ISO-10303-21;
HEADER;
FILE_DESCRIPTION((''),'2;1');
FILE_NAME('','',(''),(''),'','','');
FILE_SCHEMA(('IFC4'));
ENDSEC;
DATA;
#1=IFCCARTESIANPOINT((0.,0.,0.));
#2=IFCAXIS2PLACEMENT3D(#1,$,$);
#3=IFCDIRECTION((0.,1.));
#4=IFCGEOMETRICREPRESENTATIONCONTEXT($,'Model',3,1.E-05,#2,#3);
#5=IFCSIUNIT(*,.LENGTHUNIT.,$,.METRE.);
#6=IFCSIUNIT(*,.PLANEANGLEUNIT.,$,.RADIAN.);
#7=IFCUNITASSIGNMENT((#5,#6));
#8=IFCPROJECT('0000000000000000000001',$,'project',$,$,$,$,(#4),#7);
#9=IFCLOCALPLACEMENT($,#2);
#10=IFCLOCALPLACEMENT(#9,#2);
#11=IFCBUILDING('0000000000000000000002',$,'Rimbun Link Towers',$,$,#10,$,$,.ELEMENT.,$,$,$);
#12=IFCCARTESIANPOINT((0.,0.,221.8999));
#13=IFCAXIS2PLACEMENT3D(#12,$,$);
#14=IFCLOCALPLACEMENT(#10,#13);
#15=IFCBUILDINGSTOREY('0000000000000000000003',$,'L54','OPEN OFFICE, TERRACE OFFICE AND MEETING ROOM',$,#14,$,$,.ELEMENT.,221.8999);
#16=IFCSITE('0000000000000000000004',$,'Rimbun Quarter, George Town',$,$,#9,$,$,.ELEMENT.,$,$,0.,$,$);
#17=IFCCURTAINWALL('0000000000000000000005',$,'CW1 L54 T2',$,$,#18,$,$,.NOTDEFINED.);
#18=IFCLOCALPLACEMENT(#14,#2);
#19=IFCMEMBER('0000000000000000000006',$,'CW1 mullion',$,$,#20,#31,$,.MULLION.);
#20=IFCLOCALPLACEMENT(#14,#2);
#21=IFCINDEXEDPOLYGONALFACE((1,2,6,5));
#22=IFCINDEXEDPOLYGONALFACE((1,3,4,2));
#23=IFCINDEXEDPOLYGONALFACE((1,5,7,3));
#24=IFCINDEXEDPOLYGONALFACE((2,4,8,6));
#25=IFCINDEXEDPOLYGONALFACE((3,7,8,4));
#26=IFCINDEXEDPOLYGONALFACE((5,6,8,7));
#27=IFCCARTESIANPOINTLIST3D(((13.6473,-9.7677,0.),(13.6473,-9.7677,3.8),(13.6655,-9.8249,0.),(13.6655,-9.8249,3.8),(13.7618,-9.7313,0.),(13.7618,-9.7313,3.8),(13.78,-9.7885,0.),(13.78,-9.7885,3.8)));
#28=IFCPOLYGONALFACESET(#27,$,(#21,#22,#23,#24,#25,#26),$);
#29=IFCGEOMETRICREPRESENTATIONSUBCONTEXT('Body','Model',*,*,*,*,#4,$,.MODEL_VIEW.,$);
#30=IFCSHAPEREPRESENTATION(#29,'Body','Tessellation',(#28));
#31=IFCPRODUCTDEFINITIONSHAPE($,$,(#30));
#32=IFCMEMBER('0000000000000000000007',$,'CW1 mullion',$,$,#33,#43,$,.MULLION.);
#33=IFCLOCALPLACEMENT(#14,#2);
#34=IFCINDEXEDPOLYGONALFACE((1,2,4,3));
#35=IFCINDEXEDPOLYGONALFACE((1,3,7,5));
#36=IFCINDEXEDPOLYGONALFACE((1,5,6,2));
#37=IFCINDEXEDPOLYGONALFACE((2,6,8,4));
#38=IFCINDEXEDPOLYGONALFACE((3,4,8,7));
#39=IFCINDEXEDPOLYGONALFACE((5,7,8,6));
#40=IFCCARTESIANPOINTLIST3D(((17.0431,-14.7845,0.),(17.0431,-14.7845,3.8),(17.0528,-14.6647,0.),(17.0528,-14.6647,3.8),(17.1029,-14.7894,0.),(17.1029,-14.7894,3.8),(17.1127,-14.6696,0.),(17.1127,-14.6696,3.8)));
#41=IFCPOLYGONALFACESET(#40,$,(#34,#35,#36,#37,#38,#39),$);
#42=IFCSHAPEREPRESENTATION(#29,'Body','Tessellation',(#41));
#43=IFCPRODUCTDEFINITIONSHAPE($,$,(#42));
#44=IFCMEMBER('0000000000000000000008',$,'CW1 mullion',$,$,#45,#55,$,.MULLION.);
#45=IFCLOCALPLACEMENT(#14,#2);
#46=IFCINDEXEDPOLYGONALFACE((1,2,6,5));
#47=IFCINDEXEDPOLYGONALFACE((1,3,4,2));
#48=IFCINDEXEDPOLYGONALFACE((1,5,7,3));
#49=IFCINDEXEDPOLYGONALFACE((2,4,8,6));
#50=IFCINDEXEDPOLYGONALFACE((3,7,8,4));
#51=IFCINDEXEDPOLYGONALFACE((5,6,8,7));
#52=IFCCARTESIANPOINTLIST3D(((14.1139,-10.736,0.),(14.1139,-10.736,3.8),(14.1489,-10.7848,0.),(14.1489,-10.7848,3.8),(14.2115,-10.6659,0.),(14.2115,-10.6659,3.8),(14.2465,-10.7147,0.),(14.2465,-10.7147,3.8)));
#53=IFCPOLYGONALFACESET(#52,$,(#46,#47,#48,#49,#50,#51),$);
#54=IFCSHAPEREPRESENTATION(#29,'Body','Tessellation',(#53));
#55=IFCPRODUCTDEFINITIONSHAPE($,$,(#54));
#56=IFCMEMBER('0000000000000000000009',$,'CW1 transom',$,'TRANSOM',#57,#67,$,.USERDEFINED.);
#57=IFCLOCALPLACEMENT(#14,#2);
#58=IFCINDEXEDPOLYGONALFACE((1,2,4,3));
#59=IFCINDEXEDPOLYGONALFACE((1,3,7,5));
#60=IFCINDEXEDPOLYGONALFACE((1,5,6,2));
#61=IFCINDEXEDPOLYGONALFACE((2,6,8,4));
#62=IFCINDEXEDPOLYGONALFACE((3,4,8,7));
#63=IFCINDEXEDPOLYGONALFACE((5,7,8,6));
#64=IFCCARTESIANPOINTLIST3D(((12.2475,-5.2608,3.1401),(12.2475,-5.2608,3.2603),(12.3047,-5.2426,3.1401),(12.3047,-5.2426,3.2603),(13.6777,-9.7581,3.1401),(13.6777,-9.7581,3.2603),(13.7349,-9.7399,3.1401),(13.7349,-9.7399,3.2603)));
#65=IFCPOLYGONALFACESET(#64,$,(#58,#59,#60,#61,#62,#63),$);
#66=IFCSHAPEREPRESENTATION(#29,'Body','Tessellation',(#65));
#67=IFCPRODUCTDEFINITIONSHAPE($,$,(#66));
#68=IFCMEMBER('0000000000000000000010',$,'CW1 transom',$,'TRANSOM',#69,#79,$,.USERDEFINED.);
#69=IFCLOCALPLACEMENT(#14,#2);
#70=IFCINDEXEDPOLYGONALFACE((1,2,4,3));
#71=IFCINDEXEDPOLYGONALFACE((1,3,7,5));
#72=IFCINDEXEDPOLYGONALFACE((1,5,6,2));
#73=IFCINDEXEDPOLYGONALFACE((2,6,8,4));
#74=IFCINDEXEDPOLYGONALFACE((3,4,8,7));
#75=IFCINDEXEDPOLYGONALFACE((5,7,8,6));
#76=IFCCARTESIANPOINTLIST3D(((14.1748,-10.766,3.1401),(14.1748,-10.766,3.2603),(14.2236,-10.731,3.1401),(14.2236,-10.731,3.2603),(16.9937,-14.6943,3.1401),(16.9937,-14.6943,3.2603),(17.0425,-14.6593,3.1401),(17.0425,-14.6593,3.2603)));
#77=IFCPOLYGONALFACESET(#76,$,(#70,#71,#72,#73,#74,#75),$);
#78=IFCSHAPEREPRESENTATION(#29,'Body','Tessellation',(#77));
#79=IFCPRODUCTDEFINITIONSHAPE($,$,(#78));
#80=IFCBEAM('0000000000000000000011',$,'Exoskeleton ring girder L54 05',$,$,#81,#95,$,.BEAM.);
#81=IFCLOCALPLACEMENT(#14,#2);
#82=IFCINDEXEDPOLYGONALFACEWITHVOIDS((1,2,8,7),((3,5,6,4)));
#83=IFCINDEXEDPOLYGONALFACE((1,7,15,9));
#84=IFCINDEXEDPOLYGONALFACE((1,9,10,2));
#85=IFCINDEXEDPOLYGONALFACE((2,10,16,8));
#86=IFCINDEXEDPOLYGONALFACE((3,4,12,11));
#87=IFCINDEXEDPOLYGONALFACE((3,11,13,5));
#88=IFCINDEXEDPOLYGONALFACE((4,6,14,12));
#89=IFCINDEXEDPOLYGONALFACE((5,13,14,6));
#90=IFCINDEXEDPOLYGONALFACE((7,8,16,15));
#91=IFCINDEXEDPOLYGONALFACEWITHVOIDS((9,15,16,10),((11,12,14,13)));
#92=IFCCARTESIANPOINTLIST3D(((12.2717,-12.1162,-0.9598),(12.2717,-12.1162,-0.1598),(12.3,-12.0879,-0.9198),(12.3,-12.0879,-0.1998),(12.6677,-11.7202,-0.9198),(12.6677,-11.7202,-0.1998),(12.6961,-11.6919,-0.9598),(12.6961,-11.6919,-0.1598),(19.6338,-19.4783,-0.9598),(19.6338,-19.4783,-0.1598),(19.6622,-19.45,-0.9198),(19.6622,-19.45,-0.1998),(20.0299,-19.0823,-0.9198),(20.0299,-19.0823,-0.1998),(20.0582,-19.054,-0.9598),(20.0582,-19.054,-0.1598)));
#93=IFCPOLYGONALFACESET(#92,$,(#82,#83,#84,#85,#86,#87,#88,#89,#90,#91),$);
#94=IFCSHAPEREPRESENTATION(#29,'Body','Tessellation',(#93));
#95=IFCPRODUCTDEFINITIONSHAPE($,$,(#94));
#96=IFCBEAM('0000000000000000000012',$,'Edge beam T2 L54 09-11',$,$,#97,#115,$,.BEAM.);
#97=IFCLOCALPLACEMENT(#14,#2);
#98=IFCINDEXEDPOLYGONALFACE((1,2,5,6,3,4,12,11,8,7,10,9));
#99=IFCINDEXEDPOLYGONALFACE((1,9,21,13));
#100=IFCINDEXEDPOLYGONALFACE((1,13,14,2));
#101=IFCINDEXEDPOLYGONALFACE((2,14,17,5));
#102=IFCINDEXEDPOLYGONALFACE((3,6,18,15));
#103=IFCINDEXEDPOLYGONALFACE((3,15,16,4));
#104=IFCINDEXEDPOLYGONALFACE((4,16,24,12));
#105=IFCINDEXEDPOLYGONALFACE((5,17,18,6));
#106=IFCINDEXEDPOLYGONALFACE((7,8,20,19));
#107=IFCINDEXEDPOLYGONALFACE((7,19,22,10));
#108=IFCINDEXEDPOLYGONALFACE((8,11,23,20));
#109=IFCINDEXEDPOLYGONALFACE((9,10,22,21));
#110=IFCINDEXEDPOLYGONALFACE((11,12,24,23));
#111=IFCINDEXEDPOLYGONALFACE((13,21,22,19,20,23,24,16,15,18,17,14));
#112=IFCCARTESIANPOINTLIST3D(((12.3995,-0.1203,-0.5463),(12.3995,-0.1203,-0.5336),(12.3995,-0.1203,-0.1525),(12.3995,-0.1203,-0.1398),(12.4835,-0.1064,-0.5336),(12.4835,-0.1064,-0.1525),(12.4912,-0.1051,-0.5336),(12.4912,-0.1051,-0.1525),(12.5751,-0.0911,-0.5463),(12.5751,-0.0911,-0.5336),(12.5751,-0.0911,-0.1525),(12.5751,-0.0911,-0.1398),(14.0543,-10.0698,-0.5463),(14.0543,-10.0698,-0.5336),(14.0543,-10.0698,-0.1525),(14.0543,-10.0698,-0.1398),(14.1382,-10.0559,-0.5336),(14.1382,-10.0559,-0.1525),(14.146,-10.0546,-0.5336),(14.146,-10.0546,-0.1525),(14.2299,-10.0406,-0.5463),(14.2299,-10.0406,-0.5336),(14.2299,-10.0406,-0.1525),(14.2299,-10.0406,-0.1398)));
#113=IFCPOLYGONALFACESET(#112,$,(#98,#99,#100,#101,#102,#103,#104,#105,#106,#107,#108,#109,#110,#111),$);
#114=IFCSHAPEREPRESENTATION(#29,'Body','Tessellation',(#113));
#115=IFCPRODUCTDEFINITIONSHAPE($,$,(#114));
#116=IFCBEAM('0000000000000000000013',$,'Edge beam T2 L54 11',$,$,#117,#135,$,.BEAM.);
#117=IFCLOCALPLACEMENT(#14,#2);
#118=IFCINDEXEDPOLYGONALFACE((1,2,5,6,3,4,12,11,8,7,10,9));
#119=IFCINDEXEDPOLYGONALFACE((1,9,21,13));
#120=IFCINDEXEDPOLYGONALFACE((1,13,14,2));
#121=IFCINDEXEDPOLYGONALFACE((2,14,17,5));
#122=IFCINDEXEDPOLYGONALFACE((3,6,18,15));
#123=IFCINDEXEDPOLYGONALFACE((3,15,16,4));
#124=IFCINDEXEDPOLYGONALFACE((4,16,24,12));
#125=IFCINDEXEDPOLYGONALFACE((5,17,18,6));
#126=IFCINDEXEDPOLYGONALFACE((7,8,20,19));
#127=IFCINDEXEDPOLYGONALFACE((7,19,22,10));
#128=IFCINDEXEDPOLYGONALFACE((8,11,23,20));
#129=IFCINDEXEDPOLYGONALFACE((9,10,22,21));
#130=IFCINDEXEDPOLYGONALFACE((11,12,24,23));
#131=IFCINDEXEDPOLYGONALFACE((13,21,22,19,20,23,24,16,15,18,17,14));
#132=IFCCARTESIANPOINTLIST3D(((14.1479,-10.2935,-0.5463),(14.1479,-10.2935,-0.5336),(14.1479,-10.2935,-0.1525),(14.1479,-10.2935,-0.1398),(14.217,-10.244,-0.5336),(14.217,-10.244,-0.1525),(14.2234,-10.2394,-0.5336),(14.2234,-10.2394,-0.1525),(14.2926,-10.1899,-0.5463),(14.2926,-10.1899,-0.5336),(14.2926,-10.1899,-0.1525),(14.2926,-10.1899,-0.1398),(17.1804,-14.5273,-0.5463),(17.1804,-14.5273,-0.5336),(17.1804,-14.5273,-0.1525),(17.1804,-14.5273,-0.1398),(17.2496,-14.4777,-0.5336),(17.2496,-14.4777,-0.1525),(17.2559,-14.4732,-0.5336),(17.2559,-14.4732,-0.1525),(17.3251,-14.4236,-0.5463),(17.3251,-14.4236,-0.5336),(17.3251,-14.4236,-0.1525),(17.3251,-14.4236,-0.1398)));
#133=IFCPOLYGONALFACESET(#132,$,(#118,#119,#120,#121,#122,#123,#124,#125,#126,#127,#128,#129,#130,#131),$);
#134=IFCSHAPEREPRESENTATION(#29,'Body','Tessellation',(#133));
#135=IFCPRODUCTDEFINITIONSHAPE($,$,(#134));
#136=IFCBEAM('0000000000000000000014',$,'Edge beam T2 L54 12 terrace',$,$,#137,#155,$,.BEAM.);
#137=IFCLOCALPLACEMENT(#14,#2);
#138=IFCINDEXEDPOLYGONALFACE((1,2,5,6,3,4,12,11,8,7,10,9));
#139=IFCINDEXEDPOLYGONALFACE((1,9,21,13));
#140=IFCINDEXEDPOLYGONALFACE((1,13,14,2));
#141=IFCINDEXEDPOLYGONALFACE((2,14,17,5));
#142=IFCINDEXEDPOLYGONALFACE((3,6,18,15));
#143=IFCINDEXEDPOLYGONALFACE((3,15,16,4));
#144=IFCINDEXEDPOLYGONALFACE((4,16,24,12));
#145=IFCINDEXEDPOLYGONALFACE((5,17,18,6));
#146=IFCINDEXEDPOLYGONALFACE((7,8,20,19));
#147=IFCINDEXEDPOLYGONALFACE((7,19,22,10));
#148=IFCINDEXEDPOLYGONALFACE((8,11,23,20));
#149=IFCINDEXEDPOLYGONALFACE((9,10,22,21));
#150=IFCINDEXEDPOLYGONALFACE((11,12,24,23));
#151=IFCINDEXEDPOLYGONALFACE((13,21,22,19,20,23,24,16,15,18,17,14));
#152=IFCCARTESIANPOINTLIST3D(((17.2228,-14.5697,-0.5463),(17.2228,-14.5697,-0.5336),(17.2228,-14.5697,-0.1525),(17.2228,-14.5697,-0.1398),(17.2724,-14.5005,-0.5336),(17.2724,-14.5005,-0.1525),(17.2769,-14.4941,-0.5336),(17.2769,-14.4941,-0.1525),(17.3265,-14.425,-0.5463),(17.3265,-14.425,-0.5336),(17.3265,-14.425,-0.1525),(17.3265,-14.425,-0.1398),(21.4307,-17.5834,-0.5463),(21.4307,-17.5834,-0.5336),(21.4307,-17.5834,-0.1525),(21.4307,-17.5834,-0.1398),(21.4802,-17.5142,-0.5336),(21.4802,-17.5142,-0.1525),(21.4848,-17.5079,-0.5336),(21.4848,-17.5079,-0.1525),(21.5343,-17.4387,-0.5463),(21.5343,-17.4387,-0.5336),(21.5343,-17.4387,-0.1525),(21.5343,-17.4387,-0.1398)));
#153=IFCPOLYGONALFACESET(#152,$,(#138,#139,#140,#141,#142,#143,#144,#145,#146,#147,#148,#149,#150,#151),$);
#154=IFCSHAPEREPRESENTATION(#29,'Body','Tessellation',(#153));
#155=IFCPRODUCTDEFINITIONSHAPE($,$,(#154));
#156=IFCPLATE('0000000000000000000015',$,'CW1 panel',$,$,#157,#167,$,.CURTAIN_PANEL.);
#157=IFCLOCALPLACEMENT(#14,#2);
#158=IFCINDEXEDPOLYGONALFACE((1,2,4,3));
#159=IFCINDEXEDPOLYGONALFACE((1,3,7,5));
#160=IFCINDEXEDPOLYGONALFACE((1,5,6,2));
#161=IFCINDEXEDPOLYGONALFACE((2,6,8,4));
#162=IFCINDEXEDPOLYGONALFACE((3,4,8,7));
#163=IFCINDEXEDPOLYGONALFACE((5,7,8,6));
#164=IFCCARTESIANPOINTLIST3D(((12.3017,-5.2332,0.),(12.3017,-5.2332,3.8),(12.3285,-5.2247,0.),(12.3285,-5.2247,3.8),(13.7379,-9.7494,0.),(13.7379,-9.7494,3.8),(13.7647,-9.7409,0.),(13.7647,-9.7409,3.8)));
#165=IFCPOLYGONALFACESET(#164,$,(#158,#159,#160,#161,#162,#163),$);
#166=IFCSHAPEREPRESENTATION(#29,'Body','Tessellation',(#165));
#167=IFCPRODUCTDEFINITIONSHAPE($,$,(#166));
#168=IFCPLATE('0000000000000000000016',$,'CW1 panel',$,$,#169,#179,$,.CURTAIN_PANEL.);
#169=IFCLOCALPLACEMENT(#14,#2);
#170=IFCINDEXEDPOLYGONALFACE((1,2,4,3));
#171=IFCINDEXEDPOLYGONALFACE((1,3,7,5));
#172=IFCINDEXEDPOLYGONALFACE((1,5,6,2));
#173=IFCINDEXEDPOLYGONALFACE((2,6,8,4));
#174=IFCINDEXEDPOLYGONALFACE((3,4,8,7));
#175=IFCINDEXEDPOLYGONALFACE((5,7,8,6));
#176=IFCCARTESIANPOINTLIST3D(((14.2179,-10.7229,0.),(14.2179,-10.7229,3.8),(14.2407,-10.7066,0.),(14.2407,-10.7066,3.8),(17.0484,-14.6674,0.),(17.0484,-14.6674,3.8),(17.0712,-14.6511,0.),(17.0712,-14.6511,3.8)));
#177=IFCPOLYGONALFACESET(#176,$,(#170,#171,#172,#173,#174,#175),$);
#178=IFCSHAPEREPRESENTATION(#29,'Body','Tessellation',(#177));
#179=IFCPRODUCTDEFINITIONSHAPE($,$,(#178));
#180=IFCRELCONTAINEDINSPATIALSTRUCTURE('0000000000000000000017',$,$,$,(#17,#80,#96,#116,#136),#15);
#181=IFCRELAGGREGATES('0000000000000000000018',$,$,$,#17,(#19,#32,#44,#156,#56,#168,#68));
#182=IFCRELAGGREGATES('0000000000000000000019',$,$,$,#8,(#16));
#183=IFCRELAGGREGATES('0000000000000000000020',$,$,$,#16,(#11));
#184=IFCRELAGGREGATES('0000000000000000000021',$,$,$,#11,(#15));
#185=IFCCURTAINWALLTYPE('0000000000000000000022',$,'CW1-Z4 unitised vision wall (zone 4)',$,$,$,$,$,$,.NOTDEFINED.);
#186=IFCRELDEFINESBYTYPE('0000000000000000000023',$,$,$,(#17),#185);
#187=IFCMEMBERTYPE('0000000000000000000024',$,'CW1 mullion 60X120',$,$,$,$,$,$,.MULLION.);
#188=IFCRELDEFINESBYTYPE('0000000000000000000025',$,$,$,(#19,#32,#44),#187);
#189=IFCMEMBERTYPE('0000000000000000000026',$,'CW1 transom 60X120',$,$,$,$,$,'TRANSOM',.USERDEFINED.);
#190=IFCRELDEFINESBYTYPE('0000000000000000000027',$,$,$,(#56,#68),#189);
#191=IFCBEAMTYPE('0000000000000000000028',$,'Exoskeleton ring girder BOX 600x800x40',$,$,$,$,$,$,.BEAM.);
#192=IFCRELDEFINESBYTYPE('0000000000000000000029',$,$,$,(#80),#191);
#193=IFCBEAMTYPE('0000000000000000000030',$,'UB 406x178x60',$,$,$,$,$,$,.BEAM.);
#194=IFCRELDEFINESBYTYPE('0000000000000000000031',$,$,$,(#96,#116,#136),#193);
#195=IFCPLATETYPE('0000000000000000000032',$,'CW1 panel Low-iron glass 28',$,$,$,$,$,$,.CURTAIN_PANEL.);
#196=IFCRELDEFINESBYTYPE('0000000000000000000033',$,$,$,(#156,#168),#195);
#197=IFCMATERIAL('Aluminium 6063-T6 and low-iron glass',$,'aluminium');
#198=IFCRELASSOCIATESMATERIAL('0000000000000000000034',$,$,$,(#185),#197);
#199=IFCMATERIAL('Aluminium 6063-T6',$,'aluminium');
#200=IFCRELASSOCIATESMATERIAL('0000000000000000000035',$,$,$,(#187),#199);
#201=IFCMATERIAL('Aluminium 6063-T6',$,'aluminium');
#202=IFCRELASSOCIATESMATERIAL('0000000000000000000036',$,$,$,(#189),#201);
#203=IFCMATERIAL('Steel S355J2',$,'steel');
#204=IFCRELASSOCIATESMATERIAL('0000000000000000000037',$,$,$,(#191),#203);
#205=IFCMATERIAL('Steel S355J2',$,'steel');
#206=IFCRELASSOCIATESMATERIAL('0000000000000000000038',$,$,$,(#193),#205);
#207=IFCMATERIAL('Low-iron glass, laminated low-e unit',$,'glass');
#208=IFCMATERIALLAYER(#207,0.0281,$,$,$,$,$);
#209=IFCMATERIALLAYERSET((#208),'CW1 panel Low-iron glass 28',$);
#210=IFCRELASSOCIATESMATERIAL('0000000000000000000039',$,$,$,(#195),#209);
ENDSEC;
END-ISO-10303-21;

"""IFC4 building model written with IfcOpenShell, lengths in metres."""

from ifc_helpers import new_model, si_unit, direction, frame, origin, origin_2d, place, context, subcontext, project, spatial, rectangle, hollow_rectangle, i_section, extrude, material, layer, layer_set, material_profile, profile_set, type_object, element, aggregate, save


model = new_model("IFC4")

# Units and contexts
model_context = context("Model", 3, precision=1e-05, world=origin(), true_north=direction((0.0, 1.0)))
body_context = subcontext(model_context, "Body", "Model", "MODEL_VIEW")
ifc_project = project(units=[si_unit("LENGTHUNIT", "METRE"), si_unit("PLANEANGLEUNIT", "RADIAN")], contexts=[model_context])

# Site, building, storey
site_placement = place(None, origin())
site = spatial("IfcSite", under=ifc_project, at=site_placement, Name="Rimbun Quarter, George Town", CompositionType="ELEMENT", RefElevation=0.0)
building_placement = place(site_placement, origin())
building = spatial("IfcBuilding", under=site, at=building_placement, Name="Rimbun Link Towers", CompositionType="ELEMENT")
storey_placement = place(building_placement, frame((0.0, 0.0, 221.8999)))
storey = spatial("IfcBuildingStorey", under=building, at=storey_placement, Name="L54", Description="OPEN OFFICE, TERRACE OFFICE AND MEETING ROOM", CompositionType="ELEMENT", Elevation=221.8999)

# Curtain wall, members
ifc_material_1 = material(Name="Aluminium 6063-T6 and low-iron glass", Category="aluminium")
curtain_wall_type = type_object("IfcCurtainWallType", Name="CW1-Z4 unitised vision wall (zone 4)", PredefinedType="NOTDEFINED", material=ifc_material_1)
curtain_wall_placement = place(storey_placement, origin())
curtain_wall = element("IfcCurtainWall", 1, at=curtain_wall_placement, inside=storey, type_object=curtain_wall_type, Name="CW1 L54 T2", PredefinedType="NOTDEFINED")
ifc_material_2 = material(Name="Aluminium 6063-T6", Category="aluminium")
ifc_material_profile_1 = material_profile(ifc_material_2, rectangle(XDim=0.1201, YDim=0.0601, at=origin_2d()), Name="MULLION 60X120")
ifc_profile_set_1 = profile_set([ifc_material_profile_1], Name="Aluminium 6063-T6")
member_type_1 = type_object("IfcMemberType", Name="CW1 mullion 60X120", PredefinedType="MULLION", material=ifc_profile_set_1)
member_1_placement = place(storey_placement, frame((13.7136, -9.7781, 0.0), z_axis=(0.0, 0.0, 1.0), x_axis=(-0.952974, -0.303053, 0.0)))
member_1 = element("IfcMember", 2, at=member_1_placement, type_object=member_type_1, Name="CW1 mullion", PredefinedType="MULLION", context=body_context, shape_type="SweptSolid", body=[
    extrude(rectangle(XDim=0.1201, YDim=0.0601, at=origin_2d()), origin(), (0.0, 0.0, 1.0), 3.8),
])
member_2_placement = place(storey_placement, frame((17.0779, -14.7271, 0.0), z_axis=(0.0, 0.0, 1.0), x_axis=(-0.081395, -0.996682, 0.0)))
member_2 = element("IfcMember", 3, at=member_2_placement, type_object=member_type_1, Name="CW1 mullion", PredefinedType="MULLION", context=body_context, shape_type="SweptSolid", body=[
    extrude(rectangle(XDim=0.1201, YDim=0.0601, at=origin_2d()), origin(), (0.0, 0.0, 1.0), 3.8),
])
member_3_placement = place(storey_placement, frame((14.1802, -10.7253, 0.0), z_axis=(0.0, 0.0, 1.0), x_axis=(-0.812465, -0.583009, 0.0)))
member_3 = element("IfcMember", 4, at=member_3_placement, type_object=member_type_1, Name="CW1 mullion", PredefinedType="MULLION", context=body_context, shape_type="SweptSolid", body=[
    extrude(rectangle(XDim=0.1201, YDim=0.0601, at=origin_2d()), origin(), (0.0, 0.0, 1.0), 3.8),
])
ifc_material_3 = material(Name="Aluminium 6063-T6", Category="aluminium")
ifc_material_profile_2 = material_profile(ifc_material_3, rectangle(XDim=0.0601, YDim=0.1201, at=origin_2d()), Name="TRANSOM 60X120")
ifc_profile_set_2 = profile_set([ifc_material_profile_2], Name="Aluminium 6063-T6")
member_type_2 = type_object("IfcMemberType", Name="CW1 transom 60X120", ElementType="TRANSOM", PredefinedType="USERDEFINED", material=ifc_profile_set_2)
member_4_placement = place(storey_placement, frame((13.7063, -9.749, 3.2002), z_axis=(-0.303052, 0.952974, 0.0), x_axis=(-0.952974, -0.303052, 0.0)))
member_4 = element("IfcMember", 5, at=member_4_placement, type_object=member_type_2, Name="CW1 transom", ObjectType="TRANSOM", PredefinedType="USERDEFINED", context=body_context, shape_type="SweptSolid", body=[
    extrude(rectangle(XDim=0.0601, YDim=0.1201, at=origin_2d()), origin(), (0.0, 0.0, 1.0), 4.7192),
])
member_5_placement = place(storey_placement, frame((17.0181, -14.6768, 3.2002), z_axis=(-0.583014, 0.812462, 0.0), x_axis=(-0.812462, -0.583014, 0.0)))
member_5 = element("IfcMember", 6, at=member_5_placement, type_object=member_type_2, Name="CW1 transom", ObjectType="TRANSOM", PredefinedType="USERDEFINED", context=body_context, shape_type="SweptSolid", body=[
    extrude(rectangle(XDim=0.0601, YDim=0.1201, at=origin_2d()), origin(), (0.0, 0.0, 1.0), 4.835),
])

# Beams
ifc_material_4 = material(Name="Steel S355J2", Category="steel")
ifc_material_profile_3 = material_profile(ifc_material_4, hollow_rectangle(XDim=0.6001, YDim=0.8, WallThickness=0.04, at=origin_2d()), Name="Exoskeleton ring girder BOX 600x800x40")
ifc_profile_set_3 = profile_set([ifc_material_profile_3], Name="Steel S355J2")
beam_type_1 = type_object("IfcBeamType", Name="Exoskeleton ring girder BOX 600x800x40", PredefinedType="BEAM", material=ifc_profile_set_3)
beam_1_placement = place(storey_placement, frame((12.4839, -11.9041, -0.5598), z_axis=(0.707107, -0.707107, 0.0), x_axis=(0.707107, 0.707107, 0.0)))
element("IfcBeam", 7, at=beam_1_placement, inside=storey, type_object=beam_type_1, Name="Exoskeleton ring girder L54 05", PredefinedType="BEAM", context=body_context, shape_type="SweptSolid", body=[
    extrude(hollow_rectangle(XDim=0.6001, YDim=0.8, WallThickness=0.04, at=origin_2d()), origin(), (0.0, 0.0, 1.0), 10.4116),
])
ifc_material_5 = material(Name="Steel S355J2", Category="steel")
ifc_material_profile_4 = material_profile(ifc_material_5, i_section(OverallWidth=0.178, OverallDepth=0.4065, WebThickness=0.0078, FlangeThickness=0.0127, at=origin_2d()), Name="UB 406x178x60")
ifc_profile_set_4 = profile_set([ifc_material_profile_4], Name="Steel S355J2")
beam_type_2 = type_object("IfcBeamType", Name="UB 406x178x60", PredefinedType="BEAM", material=ifc_profile_set_4)
beam_2_placement = place(storey_placement, frame((12.4873, -0.1057, -0.343), z_axis=(0.164065, -0.986449, 0.0), x_axis=(0.986449, 0.164065, 0.0)))
element("IfcBeam", 8, at=beam_2_placement, inside=storey, type_object=beam_type_2, Name="Edge beam T2 L54 09-11", PredefinedType="BEAM", context=body_context, shape_type="SweptSolid", body=[
    extrude(i_section(OverallWidth=0.178, OverallDepth=0.4065, WebThickness=0.0078, FlangeThickness=0.0127, at=origin_2d()), origin(), (0.0, 0.0, 1.0), 10.0862),
])
beam_3_placement = place(storey_placement, frame((14.2202, -10.2417, -0.343), z_axis=(0.582311, -0.812966, 0.0), x_axis=(0.812966, 0.582311, 0.0)))
element("IfcBeam", 9, at=beam_3_placement, inside=storey, type_object=beam_type_2, Name="Edge beam T2 L54 11", PredefinedType="BEAM", context=body_context, shape_type="SweptSolid", body=[
    extrude(i_section(OverallWidth=0.178, OverallDepth=0.4065, WebThickness=0.0078, FlangeThickness=0.0127, at=origin_2d()), origin(), (0.0, 0.0, 1.0), 5.2078),
])
beam_4_placement = place(storey_placement, frame((17.2747, -14.4973, -0.343), z_axis=(0.81299, -0.582277, 0.0), x_axis=(0.582277, 0.81299, 0.0)))
element("IfcBeam", 10, at=beam_4_placement, inside=storey, type_object=beam_type_2, Name="Edge beam T2 L54 12 terrace", PredefinedType="BEAM", context=body_context, shape_type="SweptSolid", body=[
    extrude(i_section(OverallWidth=0.178, OverallDepth=0.4065, WebThickness=0.0078, FlangeThickness=0.0127, at=origin_2d()), origin(), (0.0, 0.0, 1.0), 5.1758),
])

# Plates
ifc_material_6 = material(Name="Low-iron glass, laminated low-e unit", Category="glass")
ifc_layer_1 = layer(ifc_material_6, 0.0281)
ifc_layer_set_1 = layer_set([ifc_layer_1], Name="CW1 panel Low-iron glass 28")
plate_type = type_object("IfcPlateType", Name="CW1 panel Low-iron glass 28", PredefinedType="CURTAIN_PANEL", material=ifc_layer_set_1)
plate_1_placement = place(storey_placement, frame((13.0332, -7.4871, 0.0), z_axis=(0.0, 0.0, 1.0), x_axis=(-0.303053, 0.952974, 0.0)))
plate_1 = element("IfcPlate", 11, at=plate_1_placement, type_object=plate_type, Name="CW1 panel", PredefinedType="CURTAIN_PANEL", context=body_context, shape_type="SweptSolid", body=[
    extrude(rectangle(XDim=4.739, YDim=0.0281, at=origin_2d()), origin(), (0.0, 0.0, 1.0), 3.8),
])
plate_2_placement = place(storey_placement, frame((15.6445, -12.687, 0.0), z_axis=(0.0, 0.0, 1.0), x_axis=(-0.583009, 0.812465, 0.0)))
plate_2 = element("IfcPlate", 12, at=plate_2_placement, type_object=plate_type, Name="CW1 panel", PredefinedType="CURTAIN_PANEL", context=body_context, shape_type="SweptSolid", body=[
    extrude(rectangle(XDim=4.855, YDim=0.0281, at=origin_2d()), origin(), (0.0, 0.0, 1.0), 3.8),
])
aggregate(curtain_wall, [member_1, member_2, member_3, plate_1, member_4, plate_2, member_5])

save(model, "model.ifc")
